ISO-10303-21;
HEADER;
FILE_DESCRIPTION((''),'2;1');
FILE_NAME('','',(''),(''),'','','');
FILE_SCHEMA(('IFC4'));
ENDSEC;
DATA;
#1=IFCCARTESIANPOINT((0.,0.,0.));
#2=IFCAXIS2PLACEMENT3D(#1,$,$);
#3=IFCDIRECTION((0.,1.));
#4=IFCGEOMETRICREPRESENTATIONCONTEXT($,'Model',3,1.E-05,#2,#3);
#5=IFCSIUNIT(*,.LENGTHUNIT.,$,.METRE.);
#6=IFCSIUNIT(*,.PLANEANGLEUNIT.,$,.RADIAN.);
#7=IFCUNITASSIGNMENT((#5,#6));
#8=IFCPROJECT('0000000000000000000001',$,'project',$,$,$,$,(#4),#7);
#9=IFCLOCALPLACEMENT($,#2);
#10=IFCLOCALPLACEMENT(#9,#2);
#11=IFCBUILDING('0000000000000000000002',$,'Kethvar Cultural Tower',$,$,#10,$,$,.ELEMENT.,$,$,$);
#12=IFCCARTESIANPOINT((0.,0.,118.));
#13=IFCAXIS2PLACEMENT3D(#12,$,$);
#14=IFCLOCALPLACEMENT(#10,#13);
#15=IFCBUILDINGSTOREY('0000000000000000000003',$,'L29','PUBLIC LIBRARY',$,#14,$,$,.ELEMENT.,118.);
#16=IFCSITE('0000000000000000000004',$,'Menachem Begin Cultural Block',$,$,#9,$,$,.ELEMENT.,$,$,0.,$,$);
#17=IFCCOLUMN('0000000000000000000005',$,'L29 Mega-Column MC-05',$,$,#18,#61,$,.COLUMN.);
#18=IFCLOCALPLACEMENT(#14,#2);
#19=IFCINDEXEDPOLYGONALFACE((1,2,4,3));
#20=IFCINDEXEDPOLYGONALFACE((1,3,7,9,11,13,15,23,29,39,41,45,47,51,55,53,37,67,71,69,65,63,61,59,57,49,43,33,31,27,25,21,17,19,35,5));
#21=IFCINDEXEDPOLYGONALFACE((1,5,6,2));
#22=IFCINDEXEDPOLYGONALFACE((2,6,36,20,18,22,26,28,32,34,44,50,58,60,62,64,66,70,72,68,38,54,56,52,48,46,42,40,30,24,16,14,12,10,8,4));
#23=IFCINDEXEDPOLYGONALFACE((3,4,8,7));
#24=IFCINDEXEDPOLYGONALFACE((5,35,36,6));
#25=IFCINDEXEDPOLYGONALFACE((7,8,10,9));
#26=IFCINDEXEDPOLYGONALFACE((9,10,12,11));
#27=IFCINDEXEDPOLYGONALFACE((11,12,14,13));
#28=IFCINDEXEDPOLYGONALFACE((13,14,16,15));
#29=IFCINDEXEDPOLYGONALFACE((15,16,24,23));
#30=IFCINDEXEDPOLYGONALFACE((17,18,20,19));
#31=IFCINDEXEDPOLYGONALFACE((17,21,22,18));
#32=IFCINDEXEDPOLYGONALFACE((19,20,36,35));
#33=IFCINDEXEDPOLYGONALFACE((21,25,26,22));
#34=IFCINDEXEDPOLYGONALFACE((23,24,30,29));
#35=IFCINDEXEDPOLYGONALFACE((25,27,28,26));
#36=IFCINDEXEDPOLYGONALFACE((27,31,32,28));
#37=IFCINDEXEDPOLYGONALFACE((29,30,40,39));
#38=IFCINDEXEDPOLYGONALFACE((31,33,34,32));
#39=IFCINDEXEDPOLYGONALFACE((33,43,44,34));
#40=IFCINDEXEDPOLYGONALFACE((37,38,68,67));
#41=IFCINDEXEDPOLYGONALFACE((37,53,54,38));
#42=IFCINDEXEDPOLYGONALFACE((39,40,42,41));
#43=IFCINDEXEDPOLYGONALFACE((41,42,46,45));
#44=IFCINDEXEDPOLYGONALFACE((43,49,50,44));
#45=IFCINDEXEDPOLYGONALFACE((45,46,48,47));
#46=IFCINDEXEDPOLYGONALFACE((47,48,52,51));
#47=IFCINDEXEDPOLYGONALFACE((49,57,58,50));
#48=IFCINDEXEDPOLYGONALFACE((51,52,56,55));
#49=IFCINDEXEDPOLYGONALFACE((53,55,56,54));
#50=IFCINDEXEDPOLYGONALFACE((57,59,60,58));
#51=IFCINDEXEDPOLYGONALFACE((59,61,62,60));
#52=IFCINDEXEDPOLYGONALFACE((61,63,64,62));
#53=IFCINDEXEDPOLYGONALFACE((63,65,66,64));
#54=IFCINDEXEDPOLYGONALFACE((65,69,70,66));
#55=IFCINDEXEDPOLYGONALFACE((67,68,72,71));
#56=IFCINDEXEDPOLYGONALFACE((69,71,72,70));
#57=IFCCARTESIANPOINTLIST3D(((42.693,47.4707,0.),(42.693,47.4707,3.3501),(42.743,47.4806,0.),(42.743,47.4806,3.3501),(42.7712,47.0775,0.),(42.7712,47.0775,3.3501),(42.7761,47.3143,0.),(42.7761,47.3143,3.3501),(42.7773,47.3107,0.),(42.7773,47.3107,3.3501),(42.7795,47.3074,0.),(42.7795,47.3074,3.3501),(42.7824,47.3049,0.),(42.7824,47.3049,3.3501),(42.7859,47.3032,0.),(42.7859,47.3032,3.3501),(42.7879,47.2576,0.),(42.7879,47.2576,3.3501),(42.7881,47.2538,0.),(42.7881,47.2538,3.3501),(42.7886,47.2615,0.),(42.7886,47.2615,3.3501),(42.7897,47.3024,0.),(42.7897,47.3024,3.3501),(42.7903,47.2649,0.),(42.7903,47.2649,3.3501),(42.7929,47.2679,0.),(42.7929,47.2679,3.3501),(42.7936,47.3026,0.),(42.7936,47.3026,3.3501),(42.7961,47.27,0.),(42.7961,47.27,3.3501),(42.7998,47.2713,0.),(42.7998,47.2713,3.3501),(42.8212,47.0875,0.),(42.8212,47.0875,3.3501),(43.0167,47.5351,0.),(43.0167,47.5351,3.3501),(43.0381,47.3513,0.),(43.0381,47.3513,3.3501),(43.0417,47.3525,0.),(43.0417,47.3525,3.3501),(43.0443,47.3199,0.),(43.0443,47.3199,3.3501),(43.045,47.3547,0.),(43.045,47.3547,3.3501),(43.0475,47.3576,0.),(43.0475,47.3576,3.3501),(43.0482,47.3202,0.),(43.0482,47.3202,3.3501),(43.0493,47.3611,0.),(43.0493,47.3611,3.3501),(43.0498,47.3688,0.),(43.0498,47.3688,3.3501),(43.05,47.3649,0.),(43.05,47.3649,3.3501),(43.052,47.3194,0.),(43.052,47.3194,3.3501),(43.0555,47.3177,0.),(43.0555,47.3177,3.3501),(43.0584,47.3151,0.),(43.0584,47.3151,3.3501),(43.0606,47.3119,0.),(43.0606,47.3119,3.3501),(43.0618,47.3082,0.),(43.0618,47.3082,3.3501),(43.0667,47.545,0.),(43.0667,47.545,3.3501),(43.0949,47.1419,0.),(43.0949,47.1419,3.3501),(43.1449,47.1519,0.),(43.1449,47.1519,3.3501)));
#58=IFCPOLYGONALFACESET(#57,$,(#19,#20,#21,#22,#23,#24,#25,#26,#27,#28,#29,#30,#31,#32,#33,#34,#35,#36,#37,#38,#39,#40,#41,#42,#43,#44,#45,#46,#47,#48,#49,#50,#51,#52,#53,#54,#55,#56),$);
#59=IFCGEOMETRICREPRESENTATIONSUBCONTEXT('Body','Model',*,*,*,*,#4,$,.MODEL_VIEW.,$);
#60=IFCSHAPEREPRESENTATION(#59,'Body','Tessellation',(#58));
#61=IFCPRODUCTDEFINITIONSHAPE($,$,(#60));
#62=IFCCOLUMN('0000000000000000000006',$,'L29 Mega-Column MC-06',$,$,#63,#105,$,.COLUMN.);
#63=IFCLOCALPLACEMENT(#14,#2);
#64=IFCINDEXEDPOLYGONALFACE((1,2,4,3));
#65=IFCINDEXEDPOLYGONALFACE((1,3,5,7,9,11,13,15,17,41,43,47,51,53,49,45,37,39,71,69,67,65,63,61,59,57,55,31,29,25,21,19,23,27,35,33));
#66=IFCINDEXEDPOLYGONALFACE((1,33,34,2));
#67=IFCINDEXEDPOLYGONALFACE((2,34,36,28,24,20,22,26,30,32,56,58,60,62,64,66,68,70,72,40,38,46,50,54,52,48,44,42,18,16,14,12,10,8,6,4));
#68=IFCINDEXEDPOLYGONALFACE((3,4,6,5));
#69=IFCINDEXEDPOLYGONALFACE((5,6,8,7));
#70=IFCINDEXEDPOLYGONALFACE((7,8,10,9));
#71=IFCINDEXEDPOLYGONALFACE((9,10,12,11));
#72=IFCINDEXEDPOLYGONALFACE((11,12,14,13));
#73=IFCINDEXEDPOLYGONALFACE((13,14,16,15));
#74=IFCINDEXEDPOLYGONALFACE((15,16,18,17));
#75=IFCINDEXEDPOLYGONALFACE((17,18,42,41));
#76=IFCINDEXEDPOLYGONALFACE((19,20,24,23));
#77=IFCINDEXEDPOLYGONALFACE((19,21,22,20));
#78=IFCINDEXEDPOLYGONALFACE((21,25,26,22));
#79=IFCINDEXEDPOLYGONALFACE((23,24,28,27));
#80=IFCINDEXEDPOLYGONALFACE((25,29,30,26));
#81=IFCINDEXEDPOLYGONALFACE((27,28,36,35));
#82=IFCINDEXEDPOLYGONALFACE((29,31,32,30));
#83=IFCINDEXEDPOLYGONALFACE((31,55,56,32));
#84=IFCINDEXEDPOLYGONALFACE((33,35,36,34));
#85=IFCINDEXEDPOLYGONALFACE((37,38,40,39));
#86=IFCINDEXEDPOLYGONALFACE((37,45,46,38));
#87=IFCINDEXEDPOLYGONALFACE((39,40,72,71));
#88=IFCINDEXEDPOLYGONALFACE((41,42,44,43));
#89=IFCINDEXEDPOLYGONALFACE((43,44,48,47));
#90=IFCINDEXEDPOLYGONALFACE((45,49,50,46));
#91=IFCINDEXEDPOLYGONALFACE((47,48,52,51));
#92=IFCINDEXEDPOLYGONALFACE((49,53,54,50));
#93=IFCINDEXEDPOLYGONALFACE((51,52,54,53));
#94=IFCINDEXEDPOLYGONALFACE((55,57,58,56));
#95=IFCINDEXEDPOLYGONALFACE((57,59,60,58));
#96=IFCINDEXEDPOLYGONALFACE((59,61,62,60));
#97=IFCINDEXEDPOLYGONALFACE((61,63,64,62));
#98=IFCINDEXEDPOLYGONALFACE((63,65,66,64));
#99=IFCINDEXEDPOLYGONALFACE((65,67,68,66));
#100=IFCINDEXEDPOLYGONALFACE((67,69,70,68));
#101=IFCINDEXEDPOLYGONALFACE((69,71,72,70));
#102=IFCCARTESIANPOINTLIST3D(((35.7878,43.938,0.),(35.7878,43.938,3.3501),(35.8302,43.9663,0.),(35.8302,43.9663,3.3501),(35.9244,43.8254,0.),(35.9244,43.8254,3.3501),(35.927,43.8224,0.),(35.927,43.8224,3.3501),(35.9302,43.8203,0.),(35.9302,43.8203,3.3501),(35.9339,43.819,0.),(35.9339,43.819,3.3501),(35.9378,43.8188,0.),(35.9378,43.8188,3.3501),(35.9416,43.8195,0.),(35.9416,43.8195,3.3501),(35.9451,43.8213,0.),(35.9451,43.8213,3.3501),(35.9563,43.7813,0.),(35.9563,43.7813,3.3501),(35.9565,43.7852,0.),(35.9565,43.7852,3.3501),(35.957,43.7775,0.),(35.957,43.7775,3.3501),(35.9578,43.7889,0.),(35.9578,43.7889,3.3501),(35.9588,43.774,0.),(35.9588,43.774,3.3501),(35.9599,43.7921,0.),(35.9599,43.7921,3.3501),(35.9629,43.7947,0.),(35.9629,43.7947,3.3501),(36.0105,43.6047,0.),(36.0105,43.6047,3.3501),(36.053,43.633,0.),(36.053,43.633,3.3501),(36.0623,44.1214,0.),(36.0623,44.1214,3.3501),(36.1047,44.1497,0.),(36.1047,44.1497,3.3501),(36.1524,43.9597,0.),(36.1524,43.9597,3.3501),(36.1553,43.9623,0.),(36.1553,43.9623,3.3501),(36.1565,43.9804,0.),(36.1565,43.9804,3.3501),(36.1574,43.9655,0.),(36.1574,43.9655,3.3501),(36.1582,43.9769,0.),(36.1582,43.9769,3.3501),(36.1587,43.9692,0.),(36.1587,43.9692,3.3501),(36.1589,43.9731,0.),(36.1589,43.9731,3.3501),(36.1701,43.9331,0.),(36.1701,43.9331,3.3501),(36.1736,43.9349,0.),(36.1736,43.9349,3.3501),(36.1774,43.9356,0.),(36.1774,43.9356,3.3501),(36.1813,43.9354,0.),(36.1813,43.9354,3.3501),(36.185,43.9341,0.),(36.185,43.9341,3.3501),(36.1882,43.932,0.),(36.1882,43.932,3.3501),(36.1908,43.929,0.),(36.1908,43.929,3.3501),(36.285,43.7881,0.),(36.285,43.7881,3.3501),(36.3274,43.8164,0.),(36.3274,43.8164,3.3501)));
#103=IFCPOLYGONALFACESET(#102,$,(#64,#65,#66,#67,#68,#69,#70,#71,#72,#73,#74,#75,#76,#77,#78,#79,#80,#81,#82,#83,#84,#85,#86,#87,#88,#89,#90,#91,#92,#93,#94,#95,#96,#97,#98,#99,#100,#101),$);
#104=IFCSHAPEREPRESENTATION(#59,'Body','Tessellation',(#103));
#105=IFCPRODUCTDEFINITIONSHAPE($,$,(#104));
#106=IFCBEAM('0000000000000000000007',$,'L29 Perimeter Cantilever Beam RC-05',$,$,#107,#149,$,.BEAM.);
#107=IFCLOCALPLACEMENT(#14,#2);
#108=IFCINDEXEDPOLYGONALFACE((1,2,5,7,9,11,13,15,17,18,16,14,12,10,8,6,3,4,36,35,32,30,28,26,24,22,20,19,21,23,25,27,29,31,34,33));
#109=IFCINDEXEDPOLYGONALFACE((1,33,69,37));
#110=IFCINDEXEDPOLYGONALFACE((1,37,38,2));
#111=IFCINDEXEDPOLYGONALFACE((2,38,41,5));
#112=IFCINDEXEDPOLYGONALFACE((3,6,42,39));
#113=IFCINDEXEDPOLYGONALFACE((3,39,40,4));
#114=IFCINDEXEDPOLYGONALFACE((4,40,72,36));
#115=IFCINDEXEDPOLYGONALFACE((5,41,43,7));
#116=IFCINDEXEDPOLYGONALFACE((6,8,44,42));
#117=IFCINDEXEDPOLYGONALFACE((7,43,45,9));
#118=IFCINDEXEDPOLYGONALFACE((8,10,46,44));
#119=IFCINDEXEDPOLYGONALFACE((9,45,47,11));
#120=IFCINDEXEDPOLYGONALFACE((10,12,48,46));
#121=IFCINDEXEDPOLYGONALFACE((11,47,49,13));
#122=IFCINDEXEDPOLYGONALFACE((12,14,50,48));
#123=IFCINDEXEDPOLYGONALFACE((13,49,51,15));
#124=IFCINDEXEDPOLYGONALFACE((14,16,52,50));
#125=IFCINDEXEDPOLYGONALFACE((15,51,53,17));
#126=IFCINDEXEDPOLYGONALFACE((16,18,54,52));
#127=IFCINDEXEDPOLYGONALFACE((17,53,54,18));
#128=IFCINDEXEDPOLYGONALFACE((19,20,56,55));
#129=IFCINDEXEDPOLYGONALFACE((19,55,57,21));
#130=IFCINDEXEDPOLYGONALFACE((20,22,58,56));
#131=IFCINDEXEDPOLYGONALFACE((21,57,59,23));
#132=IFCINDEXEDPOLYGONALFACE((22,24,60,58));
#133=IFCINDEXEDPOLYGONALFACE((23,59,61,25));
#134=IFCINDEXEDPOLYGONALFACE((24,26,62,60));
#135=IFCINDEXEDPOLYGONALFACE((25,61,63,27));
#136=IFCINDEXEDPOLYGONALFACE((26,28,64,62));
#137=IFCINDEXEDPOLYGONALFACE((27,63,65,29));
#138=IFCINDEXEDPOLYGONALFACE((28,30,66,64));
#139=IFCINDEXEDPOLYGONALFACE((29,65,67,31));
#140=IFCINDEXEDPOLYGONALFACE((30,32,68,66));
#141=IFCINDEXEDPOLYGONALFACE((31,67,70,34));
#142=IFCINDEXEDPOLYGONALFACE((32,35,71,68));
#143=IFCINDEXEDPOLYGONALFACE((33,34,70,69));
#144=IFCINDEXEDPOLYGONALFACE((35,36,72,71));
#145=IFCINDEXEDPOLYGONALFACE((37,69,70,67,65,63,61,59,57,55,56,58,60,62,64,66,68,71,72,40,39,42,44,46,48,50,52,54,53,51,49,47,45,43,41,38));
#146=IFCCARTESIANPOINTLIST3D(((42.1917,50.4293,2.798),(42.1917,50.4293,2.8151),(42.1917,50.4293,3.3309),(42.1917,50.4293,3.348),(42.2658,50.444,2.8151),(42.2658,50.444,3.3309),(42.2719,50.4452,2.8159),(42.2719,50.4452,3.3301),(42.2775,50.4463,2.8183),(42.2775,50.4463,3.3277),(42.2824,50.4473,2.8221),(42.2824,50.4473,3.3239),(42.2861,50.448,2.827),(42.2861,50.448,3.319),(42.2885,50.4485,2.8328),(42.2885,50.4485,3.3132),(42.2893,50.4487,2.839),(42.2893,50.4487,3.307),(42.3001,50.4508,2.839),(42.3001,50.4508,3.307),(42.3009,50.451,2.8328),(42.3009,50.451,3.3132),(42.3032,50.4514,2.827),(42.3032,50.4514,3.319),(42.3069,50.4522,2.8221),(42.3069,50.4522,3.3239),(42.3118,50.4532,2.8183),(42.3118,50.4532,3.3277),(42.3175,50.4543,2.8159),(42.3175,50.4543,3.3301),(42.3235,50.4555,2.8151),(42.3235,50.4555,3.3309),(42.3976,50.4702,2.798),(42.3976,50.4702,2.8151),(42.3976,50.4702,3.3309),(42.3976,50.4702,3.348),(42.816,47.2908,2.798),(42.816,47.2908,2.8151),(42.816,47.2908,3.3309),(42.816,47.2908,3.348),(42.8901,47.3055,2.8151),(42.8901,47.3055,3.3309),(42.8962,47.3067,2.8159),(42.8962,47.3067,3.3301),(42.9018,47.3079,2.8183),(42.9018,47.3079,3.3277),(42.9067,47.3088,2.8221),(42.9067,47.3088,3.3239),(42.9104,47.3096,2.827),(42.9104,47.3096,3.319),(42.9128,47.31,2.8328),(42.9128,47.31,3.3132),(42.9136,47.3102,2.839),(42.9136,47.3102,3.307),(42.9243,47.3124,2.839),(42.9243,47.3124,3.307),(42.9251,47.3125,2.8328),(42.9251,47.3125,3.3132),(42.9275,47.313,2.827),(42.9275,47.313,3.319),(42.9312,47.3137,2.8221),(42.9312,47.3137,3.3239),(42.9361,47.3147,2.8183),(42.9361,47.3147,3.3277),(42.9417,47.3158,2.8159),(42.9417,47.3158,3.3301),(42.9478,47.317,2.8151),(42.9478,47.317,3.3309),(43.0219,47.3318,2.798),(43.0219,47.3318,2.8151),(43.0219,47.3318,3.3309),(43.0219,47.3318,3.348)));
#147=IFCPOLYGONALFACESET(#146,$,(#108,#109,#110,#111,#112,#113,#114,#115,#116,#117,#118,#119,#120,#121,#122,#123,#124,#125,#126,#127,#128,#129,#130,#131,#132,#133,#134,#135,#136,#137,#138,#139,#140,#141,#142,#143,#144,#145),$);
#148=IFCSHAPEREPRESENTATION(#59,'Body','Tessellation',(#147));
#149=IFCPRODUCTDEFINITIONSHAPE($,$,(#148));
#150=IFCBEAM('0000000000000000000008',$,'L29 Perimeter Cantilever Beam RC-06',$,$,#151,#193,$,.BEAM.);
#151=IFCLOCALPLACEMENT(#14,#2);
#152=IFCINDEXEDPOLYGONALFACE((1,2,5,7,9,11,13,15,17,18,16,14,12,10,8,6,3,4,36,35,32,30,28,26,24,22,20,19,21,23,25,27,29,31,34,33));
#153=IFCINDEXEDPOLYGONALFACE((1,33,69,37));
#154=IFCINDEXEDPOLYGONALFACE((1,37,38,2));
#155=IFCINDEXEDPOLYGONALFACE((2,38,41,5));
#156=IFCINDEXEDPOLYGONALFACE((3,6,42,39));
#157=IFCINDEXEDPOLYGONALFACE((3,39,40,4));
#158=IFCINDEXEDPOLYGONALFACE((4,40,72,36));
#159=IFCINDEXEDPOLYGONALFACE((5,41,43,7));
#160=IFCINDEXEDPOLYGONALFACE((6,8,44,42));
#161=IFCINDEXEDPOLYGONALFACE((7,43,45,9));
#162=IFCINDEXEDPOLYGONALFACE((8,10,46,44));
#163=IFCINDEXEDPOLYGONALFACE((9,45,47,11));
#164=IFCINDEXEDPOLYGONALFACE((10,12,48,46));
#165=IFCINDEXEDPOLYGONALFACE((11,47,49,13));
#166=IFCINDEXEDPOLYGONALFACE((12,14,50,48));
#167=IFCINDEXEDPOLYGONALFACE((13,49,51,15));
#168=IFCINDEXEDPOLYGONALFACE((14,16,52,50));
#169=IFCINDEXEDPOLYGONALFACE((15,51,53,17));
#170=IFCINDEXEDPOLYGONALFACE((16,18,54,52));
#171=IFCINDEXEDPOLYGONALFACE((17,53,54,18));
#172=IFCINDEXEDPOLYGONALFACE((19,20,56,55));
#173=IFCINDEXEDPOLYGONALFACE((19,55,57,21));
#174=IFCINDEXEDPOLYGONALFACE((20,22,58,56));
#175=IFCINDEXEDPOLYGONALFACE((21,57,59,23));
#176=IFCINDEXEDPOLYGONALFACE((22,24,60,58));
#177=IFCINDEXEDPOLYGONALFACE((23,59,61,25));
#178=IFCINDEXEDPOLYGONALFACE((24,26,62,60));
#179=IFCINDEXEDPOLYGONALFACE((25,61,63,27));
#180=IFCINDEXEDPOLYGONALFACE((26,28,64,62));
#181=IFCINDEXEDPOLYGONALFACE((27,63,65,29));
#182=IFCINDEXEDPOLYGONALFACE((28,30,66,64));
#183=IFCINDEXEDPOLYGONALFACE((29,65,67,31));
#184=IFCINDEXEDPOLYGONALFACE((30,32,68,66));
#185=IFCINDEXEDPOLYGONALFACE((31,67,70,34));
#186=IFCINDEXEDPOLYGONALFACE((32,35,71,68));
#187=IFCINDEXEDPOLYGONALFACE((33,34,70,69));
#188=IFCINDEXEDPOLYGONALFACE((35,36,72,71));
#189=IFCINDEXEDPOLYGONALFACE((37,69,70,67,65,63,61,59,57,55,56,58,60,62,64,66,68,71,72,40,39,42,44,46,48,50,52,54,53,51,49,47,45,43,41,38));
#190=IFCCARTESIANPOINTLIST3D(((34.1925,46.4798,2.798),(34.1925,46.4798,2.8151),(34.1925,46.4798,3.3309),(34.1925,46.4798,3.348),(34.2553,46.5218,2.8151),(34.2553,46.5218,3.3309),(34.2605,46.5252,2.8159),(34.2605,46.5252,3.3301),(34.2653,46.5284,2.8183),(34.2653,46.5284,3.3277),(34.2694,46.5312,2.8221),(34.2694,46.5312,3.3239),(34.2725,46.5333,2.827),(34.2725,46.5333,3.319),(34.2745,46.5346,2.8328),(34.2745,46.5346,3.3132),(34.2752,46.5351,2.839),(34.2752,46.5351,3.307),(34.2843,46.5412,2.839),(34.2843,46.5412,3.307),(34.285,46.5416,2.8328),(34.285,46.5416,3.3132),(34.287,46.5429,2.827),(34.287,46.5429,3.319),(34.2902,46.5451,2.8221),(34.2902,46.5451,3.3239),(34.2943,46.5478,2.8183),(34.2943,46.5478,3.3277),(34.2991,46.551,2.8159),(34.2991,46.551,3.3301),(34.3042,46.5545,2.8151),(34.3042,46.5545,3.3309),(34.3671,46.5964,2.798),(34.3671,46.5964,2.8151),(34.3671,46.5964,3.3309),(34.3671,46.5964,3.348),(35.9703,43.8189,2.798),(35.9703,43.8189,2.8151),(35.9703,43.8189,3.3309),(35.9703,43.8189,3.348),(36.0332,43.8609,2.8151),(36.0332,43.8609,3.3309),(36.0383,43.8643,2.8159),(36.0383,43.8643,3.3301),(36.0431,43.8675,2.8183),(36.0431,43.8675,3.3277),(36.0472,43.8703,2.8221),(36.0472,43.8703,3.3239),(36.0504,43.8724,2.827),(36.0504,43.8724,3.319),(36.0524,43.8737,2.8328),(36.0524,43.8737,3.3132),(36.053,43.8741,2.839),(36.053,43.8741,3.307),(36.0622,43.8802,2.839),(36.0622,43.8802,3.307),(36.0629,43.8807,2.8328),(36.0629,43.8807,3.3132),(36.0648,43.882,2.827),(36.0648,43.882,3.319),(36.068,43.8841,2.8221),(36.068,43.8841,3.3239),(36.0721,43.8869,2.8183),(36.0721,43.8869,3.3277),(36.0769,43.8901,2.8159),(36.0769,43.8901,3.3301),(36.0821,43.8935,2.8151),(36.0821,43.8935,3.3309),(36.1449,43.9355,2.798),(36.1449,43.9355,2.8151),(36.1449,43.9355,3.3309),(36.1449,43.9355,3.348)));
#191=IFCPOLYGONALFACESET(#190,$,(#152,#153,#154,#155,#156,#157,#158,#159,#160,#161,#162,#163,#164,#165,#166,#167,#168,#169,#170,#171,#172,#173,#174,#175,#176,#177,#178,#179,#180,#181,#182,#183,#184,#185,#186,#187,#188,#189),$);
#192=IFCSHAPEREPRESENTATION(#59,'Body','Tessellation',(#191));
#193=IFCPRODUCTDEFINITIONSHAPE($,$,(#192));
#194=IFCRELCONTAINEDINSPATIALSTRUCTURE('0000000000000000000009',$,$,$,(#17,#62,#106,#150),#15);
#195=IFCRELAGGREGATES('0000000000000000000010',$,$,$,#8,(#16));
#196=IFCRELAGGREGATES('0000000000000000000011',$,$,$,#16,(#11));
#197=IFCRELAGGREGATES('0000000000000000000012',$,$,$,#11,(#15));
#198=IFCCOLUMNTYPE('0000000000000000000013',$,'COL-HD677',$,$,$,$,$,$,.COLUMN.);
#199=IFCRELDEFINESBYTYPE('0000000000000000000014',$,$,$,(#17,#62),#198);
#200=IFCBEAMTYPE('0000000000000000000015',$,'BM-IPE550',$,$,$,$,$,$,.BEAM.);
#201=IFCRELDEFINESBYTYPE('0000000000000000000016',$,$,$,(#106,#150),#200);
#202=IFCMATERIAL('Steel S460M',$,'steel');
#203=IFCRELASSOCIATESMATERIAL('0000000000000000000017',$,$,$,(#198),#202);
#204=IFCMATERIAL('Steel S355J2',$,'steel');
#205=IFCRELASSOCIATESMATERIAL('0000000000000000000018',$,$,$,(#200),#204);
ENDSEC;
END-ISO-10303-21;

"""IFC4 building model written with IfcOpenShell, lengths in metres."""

from ifc_helpers import new_model, si_unit, direction, frame, origin, origin_2d, place, context, subcontext, project, spatial, i_section, extrude, source, transform, mapped, material, material_profile, profile_set, type_object, element, save


model = new_model("IFC4")

# Units and contexts
model_context = context("Model", 3, precision=1e-05, world=origin(), true_north=direction((0.0, 1.0)))
body_context = subcontext(model_context, "Body", "Model", "MODEL_VIEW")
ifc_project = project(units=[si_unit("LENGTHUNIT", "METRE"), si_unit("PLANEANGLEUNIT", "RADIAN")], contexts=[model_context])

# Site, building, storey
site_placement = place(None, origin())
site = spatial("IfcSite", under=ifc_project, at=site_placement, Name="Menachem Begin Cultural Block", CompositionType="ELEMENT", RefElevation=0.0)
building_placement = place(site_placement, origin())
building = spatial("IfcBuilding", under=site, at=building_placement, Name="Kethvar Cultural Tower", CompositionType="ELEMENT")
storey_placement = place(building_placement, frame((0.0, 0.0, 118.0)))
storey = spatial("IfcBuildingStorey", under=building, at=storey_placement, Name="L29", Description="PUBLIC LIBRARY", CompositionType="ELEMENT", Elevation=118.0)

# Columns
ifc_material_1 = material(Name="Steel S460M", Category="steel")
ifc_material_profile_1 = material_profile(ifc_material_1, i_section(OverallWidth=0.4009, OverallDepth=0.3811, WebThickness=0.032, FlangeThickness=0.051, FilletRadius=0.0149, at=origin_2d()), Name="Steel S460M — HD400x677")
ifc_profile_set_1 = profile_set([ifc_material_profile_1], Name="Steel S460M — HD400x677")
column_type = type_object("IfcColumnType", Name="COL-HD677", PredefinedType="COLUMN", material=ifc_profile_set_1)
shared_shape_1 = source(origin(), body_context, "Body", "SweptSolid", [
    extrude(i_section(OverallWidth=0.4009, OverallDepth=0.3811, WebThickness=0.032, FlangeThickness=0.051, FilletRadius=0.0149, at=origin_2d()), origin(), (0.0, 0.0, 1.0), 3.3501),
])
for number, where, z_axis, x_axis, name in (
    (1, (42.9189, 47.3113, 0.0), (0.0, 0.0, 1.0), (-0.19509, 0.980785, 0.0), "L29 Mega-Column MC-05"),
    (2, (36.0576, 43.8772, 0.0), (0.0, 0.0, 1.0), (-0.55557, 0.83147, 0.0), "L29 Mega-Column MC-06"),
):
    element("IfcColumn", number, at=place(storey_placement, frame(where, z_axis=z_axis, x_axis=x_axis)), inside=storey, type_object=column_type, Name=name, PredefinedType="COLUMN", context=body_context, shape_type="MappedRepresentation", body=[
        mapped(shared_shape_1, transform((0.0, 0.0, 0.0), scale=1.0)),
    ])

# Beams
ifc_material_2 = material(Name="Steel S355J2", Category="steel")
ifc_material_profile_2 = material_profile(ifc_material_2, i_section(OverallWidth=0.21, OverallDepth=0.55, WebThickness=0.011, FlangeThickness=0.0171, FilletRadius=0.0239, at=origin_2d()), Name="Steel S355J2 — IPE550")
ifc_profile_set_2 = profile_set([ifc_material_profile_2], Name="Steel S355J2 — IPE550")
beam_type_1 = type_object("IfcBeamType", Name="BM-IPE550", PredefinedType="BEAM", material=ifc_profile_set_2)
shared_shape_2 = source(origin(), body_context, "Body", "SweptSolid", [
    extrude(i_section(OverallWidth=0.21, OverallDepth=0.55, WebThickness=0.011, FlangeThickness=0.0171, FilletRadius=0.0239, at=origin_2d()), origin(), (0.0, 0.0, 1.0), 3.2),
])
beam_1_placement = place(storey_placement, frame((42.9189, 47.3113, 3.073), z_axis=(-0.195089, 0.980786, 0.0), x_axis=(-0.980786, -0.195089, 0.0)))
element("IfcBeam", 3, at=beam_1_placement, inside=storey, type_object=beam_type_1, Name="L29 Perimeter Cantilever Beam RC-05", PredefinedType="BEAM", context=body_context, shape_type="MappedRepresentation", body=[
    mapped(shared_shape_2, transform((0.0, 0.0, 0.0), scale=1.0)),
])
shared_shape_3 = source(origin(), body_context, "Body", "SweptSolid", [
    extrude(i_section(OverallWidth=0.21, OverallDepth=0.55, WebThickness=0.011, FlangeThickness=0.0171, FilletRadius=0.0239, at=origin_2d()), origin(), (0.0, 0.0, 1.0), 3.2002),
])
beam_2_placement = place(storey_placement, frame((36.0576, 43.8772, 3.073), z_axis=(-0.555545, 0.831486, 0.0), x_axis=(-0.831486, -0.555545, 0.0)))
element("IfcBeam", 4, at=beam_2_placement, inside=storey, type_object=beam_type_1, Name="L29 Perimeter Cantilever Beam RC-06", PredefinedType="BEAM", context=body_context, shape_type="MappedRepresentation", body=[
    mapped(shared_shape_3, transform((0.0, 0.0, 0.0), scale=1.0)),
])

save(model, "model.ifc")
